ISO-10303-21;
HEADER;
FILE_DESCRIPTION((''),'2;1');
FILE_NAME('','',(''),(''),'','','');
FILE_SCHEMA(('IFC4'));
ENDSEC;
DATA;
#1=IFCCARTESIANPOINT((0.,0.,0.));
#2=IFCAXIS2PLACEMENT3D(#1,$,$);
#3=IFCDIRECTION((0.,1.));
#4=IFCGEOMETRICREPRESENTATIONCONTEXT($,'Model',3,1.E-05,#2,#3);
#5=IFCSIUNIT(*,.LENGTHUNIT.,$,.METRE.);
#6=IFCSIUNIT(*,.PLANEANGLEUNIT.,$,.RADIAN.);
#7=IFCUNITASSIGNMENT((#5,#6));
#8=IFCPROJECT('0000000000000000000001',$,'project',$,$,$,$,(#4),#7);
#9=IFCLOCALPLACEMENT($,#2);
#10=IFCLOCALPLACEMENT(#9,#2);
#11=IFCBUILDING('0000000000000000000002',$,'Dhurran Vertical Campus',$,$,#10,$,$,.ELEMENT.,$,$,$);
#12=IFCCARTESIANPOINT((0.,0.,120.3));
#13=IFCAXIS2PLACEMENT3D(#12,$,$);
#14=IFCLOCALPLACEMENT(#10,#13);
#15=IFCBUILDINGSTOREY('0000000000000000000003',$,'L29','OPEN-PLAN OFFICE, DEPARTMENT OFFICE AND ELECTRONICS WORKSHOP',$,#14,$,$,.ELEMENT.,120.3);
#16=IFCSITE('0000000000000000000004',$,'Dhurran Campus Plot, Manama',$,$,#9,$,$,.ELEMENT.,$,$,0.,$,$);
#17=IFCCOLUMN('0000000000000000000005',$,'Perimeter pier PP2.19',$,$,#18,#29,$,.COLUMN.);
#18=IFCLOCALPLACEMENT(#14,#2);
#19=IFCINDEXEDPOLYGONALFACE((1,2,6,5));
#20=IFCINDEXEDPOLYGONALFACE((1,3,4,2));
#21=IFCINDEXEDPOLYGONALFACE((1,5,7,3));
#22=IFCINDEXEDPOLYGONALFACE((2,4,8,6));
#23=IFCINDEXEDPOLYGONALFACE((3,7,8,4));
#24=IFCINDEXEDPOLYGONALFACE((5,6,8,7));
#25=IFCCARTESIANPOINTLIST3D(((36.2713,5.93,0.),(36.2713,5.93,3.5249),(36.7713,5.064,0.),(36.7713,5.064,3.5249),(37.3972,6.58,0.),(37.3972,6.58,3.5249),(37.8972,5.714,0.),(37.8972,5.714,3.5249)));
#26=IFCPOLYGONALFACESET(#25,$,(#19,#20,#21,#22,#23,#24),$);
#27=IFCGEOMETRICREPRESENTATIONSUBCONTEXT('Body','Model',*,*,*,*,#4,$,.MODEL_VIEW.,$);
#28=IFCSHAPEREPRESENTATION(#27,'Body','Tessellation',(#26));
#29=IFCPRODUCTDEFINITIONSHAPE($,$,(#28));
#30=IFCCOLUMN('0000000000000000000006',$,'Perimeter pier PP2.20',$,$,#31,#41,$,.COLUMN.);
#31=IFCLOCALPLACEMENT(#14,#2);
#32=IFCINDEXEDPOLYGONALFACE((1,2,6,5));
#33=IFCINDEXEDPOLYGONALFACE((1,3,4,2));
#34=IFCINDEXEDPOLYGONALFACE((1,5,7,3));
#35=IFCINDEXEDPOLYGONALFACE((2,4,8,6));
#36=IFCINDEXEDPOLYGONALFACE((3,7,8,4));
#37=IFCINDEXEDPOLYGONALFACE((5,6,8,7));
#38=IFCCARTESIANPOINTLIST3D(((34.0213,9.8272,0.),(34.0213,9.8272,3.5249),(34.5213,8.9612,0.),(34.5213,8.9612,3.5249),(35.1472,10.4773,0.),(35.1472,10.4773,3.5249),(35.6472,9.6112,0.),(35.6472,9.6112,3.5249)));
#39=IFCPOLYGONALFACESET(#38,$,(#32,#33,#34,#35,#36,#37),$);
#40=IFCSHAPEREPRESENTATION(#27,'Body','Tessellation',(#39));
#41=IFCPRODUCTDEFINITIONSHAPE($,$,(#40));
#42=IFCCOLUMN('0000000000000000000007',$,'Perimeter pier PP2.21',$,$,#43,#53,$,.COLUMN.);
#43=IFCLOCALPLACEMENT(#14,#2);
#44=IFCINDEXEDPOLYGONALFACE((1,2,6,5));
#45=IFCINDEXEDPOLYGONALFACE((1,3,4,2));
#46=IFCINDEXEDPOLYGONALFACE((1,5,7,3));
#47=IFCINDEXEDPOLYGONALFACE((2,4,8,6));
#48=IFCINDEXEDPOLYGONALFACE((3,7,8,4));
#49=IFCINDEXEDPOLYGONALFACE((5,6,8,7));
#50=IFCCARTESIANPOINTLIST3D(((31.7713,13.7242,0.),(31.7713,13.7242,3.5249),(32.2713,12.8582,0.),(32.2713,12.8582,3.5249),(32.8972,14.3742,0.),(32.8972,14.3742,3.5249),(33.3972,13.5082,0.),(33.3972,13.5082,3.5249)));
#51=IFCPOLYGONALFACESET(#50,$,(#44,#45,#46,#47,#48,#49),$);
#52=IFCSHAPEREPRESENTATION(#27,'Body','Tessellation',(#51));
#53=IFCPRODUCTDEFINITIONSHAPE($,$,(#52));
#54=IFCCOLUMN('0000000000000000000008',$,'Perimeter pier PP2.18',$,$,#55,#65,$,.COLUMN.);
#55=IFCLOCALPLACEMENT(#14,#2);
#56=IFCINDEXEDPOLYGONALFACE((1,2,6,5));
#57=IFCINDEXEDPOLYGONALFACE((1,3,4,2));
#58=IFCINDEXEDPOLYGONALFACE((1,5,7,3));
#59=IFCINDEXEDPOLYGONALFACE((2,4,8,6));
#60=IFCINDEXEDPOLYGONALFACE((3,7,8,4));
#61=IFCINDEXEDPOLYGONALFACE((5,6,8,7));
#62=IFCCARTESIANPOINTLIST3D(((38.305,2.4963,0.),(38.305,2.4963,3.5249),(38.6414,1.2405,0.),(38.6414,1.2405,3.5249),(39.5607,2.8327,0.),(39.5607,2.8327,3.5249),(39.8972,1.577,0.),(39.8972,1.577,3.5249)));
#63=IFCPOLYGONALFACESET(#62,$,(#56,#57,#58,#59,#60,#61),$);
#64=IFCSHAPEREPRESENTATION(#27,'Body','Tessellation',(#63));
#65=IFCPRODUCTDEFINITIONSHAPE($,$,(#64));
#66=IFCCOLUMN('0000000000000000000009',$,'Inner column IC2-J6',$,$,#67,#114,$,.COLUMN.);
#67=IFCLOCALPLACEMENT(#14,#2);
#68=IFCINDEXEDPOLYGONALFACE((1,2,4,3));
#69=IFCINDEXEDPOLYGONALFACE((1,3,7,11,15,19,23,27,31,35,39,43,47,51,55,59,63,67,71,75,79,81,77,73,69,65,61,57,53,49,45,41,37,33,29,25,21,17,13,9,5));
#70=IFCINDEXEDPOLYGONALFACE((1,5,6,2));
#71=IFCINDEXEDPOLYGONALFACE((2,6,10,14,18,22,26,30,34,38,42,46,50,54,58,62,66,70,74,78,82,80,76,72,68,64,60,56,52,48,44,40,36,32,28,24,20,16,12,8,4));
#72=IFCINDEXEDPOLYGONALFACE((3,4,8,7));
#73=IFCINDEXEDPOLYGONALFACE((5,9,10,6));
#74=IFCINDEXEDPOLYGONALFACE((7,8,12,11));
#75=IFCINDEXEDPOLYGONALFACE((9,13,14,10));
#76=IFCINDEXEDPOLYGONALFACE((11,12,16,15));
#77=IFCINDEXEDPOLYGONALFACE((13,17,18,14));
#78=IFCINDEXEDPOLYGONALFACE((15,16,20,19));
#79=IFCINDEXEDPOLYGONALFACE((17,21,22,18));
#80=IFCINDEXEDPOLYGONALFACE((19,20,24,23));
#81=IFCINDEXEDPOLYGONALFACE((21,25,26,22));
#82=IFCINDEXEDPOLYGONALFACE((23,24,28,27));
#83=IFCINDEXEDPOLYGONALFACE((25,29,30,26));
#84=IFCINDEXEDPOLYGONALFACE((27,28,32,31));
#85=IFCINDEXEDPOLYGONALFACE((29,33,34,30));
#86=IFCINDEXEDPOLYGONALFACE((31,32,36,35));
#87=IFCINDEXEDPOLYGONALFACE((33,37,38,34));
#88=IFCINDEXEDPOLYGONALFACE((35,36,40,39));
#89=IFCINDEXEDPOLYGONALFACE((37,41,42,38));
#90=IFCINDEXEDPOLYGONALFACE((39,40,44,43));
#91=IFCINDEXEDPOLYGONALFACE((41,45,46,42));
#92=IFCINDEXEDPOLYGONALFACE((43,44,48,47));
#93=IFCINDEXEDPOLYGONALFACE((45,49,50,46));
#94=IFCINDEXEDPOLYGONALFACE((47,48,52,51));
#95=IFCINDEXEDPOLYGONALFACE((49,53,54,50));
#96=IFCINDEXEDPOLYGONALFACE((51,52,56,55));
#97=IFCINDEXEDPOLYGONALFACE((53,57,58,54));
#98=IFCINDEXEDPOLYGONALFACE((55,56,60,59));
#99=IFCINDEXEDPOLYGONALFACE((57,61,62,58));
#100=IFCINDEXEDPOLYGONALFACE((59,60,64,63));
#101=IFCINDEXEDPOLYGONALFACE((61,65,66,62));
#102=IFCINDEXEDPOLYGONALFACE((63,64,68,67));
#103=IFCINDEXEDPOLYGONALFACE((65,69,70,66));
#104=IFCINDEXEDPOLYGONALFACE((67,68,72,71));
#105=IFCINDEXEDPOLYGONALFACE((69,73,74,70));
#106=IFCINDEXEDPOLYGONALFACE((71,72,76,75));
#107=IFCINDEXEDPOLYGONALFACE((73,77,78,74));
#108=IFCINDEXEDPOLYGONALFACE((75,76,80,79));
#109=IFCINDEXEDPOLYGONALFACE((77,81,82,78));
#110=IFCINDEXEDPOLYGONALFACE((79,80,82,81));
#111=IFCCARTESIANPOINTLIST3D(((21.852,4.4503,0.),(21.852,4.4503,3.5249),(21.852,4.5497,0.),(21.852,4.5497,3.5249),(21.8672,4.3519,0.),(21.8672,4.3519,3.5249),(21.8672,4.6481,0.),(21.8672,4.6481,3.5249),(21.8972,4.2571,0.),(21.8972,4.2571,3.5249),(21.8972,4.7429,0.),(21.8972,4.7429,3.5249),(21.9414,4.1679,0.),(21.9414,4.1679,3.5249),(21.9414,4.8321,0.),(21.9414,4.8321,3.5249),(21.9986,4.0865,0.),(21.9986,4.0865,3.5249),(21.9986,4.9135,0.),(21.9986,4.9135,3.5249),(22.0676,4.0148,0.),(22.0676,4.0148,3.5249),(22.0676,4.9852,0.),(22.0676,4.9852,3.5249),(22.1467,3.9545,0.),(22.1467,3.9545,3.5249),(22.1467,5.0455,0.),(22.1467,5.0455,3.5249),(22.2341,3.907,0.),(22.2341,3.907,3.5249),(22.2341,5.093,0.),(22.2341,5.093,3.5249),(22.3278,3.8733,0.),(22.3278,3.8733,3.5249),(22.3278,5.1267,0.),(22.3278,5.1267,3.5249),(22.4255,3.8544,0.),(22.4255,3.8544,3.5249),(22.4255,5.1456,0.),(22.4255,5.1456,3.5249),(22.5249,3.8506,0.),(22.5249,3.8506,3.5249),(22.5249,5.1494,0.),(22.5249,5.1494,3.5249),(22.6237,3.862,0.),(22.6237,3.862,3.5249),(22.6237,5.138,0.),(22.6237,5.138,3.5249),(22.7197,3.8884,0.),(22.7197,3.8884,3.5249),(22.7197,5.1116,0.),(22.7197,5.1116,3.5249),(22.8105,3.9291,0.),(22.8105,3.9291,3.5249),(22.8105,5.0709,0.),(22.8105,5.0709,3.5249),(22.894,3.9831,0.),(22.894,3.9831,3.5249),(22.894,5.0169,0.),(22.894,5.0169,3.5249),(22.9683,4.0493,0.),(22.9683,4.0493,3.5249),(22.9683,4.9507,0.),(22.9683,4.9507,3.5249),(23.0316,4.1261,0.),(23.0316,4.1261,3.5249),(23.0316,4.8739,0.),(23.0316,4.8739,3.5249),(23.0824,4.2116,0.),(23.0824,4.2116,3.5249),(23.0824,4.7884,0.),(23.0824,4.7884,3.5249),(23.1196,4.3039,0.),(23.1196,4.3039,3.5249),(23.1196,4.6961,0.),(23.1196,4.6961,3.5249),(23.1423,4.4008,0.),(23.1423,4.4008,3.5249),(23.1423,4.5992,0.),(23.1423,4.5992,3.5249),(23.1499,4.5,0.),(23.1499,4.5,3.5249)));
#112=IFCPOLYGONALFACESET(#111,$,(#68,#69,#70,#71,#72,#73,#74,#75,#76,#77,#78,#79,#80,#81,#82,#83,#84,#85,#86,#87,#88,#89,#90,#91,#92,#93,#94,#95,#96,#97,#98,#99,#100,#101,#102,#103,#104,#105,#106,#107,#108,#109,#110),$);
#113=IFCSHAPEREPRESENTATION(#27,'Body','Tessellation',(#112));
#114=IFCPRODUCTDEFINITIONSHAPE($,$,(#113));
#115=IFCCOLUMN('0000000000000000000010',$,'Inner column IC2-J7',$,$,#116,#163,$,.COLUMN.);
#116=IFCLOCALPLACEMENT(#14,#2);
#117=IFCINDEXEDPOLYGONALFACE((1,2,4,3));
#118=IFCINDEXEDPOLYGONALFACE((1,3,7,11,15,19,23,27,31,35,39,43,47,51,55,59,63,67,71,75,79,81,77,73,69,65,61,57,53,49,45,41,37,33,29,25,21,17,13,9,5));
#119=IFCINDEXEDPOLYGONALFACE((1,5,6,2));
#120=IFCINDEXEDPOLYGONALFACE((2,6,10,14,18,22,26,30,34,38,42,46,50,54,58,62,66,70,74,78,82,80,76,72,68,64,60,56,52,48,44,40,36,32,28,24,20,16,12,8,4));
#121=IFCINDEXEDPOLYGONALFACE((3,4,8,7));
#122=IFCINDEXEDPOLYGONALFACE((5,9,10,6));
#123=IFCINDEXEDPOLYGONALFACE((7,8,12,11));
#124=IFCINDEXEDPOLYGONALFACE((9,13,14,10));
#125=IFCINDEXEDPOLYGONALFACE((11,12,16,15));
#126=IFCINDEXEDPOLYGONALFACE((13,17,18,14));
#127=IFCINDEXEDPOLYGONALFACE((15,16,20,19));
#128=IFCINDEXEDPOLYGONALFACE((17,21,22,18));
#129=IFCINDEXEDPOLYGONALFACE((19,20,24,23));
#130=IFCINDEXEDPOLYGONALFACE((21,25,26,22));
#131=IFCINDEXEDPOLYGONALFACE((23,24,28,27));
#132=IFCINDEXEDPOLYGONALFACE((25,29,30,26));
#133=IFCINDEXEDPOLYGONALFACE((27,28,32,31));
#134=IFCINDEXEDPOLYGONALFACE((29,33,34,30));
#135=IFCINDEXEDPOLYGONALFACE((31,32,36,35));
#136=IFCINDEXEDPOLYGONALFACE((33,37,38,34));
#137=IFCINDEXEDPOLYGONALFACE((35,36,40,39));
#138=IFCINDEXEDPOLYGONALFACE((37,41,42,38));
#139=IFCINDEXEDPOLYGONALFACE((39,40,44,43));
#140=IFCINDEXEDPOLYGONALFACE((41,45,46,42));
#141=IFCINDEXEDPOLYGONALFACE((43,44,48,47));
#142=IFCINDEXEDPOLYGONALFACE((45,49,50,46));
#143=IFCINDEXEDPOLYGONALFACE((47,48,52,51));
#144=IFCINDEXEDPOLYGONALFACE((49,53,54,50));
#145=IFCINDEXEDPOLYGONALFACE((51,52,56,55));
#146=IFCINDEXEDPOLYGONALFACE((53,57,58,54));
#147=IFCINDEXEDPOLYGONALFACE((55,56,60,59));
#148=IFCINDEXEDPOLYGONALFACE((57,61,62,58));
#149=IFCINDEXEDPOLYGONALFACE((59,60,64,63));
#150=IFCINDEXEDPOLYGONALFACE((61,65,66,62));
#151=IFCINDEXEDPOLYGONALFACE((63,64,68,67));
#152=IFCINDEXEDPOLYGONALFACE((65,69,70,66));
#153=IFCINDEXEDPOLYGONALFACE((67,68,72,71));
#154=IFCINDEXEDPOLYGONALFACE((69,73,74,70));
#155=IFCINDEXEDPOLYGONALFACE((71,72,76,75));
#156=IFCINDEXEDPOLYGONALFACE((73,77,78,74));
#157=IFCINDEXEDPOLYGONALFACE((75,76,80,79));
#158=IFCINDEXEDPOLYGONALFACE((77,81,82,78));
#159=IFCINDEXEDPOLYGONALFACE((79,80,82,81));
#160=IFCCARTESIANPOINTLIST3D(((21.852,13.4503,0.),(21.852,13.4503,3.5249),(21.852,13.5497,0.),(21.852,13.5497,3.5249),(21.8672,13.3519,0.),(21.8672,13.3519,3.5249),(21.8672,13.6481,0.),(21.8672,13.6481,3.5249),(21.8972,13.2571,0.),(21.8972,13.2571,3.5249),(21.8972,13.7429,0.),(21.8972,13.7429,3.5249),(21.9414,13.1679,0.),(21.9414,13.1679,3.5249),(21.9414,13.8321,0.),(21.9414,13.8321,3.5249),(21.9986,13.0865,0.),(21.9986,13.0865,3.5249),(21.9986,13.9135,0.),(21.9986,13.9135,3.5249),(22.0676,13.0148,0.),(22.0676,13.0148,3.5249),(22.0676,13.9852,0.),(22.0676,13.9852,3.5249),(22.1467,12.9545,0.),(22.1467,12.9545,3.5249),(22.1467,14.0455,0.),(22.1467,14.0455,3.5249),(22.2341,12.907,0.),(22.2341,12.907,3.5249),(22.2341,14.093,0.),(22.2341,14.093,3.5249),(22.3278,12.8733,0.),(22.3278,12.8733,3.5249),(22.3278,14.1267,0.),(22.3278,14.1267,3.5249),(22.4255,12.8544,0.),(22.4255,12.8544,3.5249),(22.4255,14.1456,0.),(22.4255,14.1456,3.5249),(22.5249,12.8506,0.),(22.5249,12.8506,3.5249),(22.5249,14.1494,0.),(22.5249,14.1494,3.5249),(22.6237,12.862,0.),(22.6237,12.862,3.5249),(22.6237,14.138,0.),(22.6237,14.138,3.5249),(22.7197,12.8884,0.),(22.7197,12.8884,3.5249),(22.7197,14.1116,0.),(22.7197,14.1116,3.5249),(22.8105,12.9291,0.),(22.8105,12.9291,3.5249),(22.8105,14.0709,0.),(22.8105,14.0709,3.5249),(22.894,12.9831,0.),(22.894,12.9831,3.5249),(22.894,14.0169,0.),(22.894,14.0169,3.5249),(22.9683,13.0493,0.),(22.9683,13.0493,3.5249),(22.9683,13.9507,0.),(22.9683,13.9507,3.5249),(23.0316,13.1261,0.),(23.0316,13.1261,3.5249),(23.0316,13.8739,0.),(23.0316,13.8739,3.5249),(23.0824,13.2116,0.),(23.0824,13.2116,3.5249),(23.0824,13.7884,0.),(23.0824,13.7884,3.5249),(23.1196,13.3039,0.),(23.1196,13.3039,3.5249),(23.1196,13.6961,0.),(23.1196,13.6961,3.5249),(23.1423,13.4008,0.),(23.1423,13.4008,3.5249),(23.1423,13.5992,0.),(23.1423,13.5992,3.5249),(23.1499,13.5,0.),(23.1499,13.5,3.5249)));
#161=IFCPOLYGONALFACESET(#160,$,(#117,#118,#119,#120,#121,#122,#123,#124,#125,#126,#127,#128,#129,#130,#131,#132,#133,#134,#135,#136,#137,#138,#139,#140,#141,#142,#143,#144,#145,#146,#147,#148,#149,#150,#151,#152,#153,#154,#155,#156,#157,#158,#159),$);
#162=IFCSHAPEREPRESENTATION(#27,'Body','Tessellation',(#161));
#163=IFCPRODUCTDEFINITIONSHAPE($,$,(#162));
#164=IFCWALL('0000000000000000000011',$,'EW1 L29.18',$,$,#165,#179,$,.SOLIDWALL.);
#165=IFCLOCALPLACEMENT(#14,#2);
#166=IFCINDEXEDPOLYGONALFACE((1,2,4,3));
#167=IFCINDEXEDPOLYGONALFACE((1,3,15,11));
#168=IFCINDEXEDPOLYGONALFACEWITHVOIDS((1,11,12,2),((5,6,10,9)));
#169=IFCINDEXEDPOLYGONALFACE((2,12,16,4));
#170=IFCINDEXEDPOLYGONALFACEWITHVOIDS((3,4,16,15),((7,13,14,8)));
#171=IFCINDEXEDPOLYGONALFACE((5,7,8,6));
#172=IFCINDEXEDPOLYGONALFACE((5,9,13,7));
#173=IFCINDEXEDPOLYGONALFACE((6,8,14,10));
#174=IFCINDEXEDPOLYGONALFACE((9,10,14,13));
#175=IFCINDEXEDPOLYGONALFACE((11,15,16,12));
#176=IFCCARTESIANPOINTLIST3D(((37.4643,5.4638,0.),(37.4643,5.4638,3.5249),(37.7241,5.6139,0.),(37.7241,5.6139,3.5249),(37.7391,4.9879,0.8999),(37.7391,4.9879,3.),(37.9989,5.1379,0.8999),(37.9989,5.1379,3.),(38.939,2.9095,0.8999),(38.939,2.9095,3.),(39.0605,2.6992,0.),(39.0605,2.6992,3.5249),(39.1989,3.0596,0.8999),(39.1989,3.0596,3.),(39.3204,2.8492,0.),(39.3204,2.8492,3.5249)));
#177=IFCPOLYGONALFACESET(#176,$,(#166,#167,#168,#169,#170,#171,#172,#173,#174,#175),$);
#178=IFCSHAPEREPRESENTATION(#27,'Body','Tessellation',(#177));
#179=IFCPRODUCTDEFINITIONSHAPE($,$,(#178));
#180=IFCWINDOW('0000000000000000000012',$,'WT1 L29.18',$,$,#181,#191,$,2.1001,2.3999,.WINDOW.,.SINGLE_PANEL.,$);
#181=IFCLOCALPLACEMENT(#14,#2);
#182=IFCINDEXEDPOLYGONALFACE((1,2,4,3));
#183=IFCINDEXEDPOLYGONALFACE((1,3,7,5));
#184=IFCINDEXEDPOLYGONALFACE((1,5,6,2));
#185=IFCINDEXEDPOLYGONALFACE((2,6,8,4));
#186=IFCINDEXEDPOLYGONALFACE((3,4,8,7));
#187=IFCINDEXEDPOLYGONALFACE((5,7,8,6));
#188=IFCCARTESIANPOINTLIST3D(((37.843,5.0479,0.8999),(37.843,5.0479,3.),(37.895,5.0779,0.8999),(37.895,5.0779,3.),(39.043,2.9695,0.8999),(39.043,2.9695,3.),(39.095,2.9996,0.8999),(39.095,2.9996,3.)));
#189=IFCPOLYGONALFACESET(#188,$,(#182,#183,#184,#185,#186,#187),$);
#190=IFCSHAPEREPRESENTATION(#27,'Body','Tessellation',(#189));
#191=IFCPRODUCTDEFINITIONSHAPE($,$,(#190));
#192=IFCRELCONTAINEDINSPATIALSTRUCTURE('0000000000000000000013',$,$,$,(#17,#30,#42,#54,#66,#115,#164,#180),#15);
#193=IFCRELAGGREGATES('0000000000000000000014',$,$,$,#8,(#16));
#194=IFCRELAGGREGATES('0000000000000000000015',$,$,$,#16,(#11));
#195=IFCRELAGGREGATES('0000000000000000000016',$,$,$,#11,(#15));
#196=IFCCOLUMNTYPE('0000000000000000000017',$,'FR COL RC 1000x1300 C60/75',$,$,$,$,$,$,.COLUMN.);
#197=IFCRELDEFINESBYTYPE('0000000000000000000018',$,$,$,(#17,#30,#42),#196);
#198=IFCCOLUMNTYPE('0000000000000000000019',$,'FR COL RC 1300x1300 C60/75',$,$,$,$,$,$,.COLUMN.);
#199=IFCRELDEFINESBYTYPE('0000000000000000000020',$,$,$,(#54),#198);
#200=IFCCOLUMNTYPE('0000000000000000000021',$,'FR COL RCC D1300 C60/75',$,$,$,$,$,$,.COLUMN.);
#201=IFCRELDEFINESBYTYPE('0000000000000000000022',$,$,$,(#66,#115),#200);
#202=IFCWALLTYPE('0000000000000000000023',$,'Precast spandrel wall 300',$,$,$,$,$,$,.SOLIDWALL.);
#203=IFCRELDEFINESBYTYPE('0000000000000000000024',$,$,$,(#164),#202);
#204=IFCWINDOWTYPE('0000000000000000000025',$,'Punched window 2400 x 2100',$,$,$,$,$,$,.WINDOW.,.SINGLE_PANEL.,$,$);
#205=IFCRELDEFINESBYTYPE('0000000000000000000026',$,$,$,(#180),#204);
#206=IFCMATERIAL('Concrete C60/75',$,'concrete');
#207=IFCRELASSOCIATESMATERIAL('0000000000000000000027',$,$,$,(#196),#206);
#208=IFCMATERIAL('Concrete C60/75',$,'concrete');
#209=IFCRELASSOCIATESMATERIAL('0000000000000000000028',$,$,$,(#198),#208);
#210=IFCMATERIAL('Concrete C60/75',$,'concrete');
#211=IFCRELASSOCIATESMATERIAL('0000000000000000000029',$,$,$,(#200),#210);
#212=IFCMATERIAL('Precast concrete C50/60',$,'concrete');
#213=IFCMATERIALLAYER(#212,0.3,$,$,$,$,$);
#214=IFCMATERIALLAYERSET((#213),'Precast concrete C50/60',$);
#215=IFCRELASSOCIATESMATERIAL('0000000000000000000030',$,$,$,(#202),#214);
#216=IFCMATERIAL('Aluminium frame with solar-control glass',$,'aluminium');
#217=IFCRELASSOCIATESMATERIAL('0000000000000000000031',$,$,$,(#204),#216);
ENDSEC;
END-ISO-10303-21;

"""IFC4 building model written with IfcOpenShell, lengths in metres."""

from ifc_helpers import new_model, si_unit, direction, frame, frame_2d, origin, origin_2d, place, context, subcontext, project, spatial, rectangle, circle, extrude, material, layer, layer_set, material_profile, profile_set, type_object, element, fill, save


model = new_model("IFC4")

# Units and contexts
model_context = context("Model", 3, precision=1e-05, world=origin(), true_north=direction((0.0, 1.0)))
body_context = subcontext(model_context, "Body", "Model", "MODEL_VIEW")
ifc_project = project(units=[si_unit("LENGTHUNIT", "METRE"), si_unit("PLANEANGLEUNIT", "RADIAN")], contexts=[model_context])

# Site, building, storey
site_placement = place(None, origin())
site = spatial("IfcSite", under=ifc_project, at=site_placement, Name="Dhurran Campus Plot, Manama", CompositionType="ELEMENT", RefElevation=0.0)
building_placement = place(site_placement, origin())
building = spatial("IfcBuilding", under=site, at=building_placement, Name="Dhurran Vertical Campus", CompositionType="ELEMENT")
storey_placement = place(building_placement, frame((0.0, 0.0, 120.3)))
storey = spatial("IfcBuildingStorey", under=building, at=storey_placement, Name="L29", Description="OPEN-PLAN OFFICE, DEPARTMENT OFFICE AND ELECTRONICS WORKSHOP", CompositionType="ELEMENT", Elevation=120.3)

# Columns
ifc_material_1 = material(Name="Concrete C60/75", Category="concrete")
ifc_material_profile_1 = material_profile(ifc_material_1, rectangle(XDim=1.0, YDim=1.3, at=origin_2d()), Name="RC 1000x1300")
ifc_profile_set_1 = profile_set([ifc_material_profile_1], Name="Concrete C60/75")
column_type_1 = type_object("IfcColumnType", Name="FR COL RC 1000x1300 C60/75", PredefinedType="COLUMN", material=ifc_profile_set_1)
for number, where, z_axis, x_axis, name in (
    (1, (37.0842, 5.822, 0.0), (0.0, 0.0, 1.0), (-0.5, 0.866025, 0.0), "Perimeter pier PP2.19"),
    (2, (34.8342, 9.7192, 0.0), (0.0, 0.0, 1.0), (-0.5, 0.866025, 0.0), "Perimeter pier PP2.20"),
    (3, (32.5842, 13.6162, 0.0), (0.0, 0.0, 1.0), (-0.5, 0.866025, 0.0), "Perimeter pier PP2.21"),
):
    element("IfcColumn", number, at=place(storey_placement, frame(where, z_axis=z_axis, x_axis=x_axis)), inside=storey, type_object=column_type_1, Name=name, PredefinedType="COLUMN", context=body_context, shape_type="SweptSolid", body=[
        extrude(rectangle(XDim=1.0, YDim=1.3, at=origin_2d()), origin(), (0.0, 0.0, 1.0), 3.5249),
    ])
ifc_material_2 = material(Name="Concrete C60/75", Category="concrete")
ifc_material_profile_2 = material_profile(ifc_material_2, rectangle(XDim=1.3, YDim=1.3, at=origin_2d()), Name="RC 1300x1300")
ifc_profile_set_2 = profile_set([ifc_material_profile_2], Name="Concrete C60/75")
column_type_2 = type_object("IfcColumnType", Name="FR COL RC 1300x1300 C60/75", PredefinedType="COLUMN", material=ifc_profile_set_2)
column_placement = place(storey_placement, frame((39.1011, 2.0366, 0.0), z_axis=(0.0, 0.0, 1.0), x_axis=(-0.258819, 0.965926, 0.0)))
element("IfcColumn", 4, at=column_placement, inside=storey, type_object=column_type_2, Name="Perimeter pier PP2.18", PredefinedType="COLUMN", context=body_context, shape_type="SweptSolid", body=[
    extrude(rectangle(XDim=1.3, YDim=1.3, at=origin_2d()), origin(), (0.0, 0.0, 1.0), 3.5249),
])
ifc_material_3 = material(Name="Concrete C60/75", Category="concrete")
ifc_material_profile_3 = material_profile(ifc_material_3, circle(Radius=0.6499, at=origin_2d()), Name="RCC D1300")
ifc_profile_set_3 = profile_set([ifc_material_profile_3], Name="Concrete C60/75")
column_type_3 = type_object("IfcColumnType", Name="FR COL RCC D1300 C60/75", PredefinedType="COLUMN", material=ifc_profile_set_3)
for number, where, z_axis, x_axis, name in (
    (5, (22.5, 4.5, 0.0), (0.0, 0.0, 1.0), (1.0, 0.0, 0.0), "Inner column IC2-J6"),
    (6, (22.5, 13.5, 0.0), (0.0, 0.0, 1.0), (1.0, 0.0, 0.0), "Inner column IC2-J7"),
):
    element("IfcColumn", number, at=place(storey_placement, frame(where, z_axis=z_axis, x_axis=x_axis)), inside=storey, type_object=column_type_3, Name=name, PredefinedType="COLUMN", context=body_context, shape_type="SweptSolid", body=[
        extrude(circle(Radius=0.6499, at=origin_2d()), origin(), (0.0, 0.0, 1.0), 3.5249),
    ])

# Wall, opening, window
ifc_material_4 = material(Name="Precast concrete C50/60", Category="concrete")
ifc_layer_1 = layer(ifc_material_4, 0.3)
ifc_layer_set_1 = layer_set([ifc_layer_1], Name="Precast concrete C50/60")
wall_type_1 = type_object("IfcWallType", Name="Precast spandrel wall 300", PredefinedType="SOLIDWALL", material=ifc_layer_set_1)
wall_1_placement = place(storey_placement, frame((39.1904, 2.7742, 0.0), z_axis=(0.0, 0.0, 1.0), x_axis=(-0.500005, 0.866023, 0.0)))
wall_1 = element("IfcWall", 7, at=wall_1_placement, inside=storey, type_object=wall_type_1, Name="EW1 L29.18", PredefinedType="SOLIDWALL", context=body_context, shape_type="SweptSolid", body=[
    extrude(rectangle(XDim=3.1924, YDim=0.3, at=frame_2d((1.5962, 0.0))), origin(), (0.0, 0.0, 1.0), 3.5249),
])
opening_1_placement = place(wall_1_placement, frame((0.2429, 0.0, 0.8999)))
opening_1 = element("IfcOpeningElement", 8, at=opening_1_placement, cuts=wall_1, PredefinedType="OPENING", context=body_context, shape_type="SweptSolid", body=[
    extrude(rectangle(XDim=2.3999, YDim=2.1001, at=frame_2d((1.2, 1.05))), frame((0.0, 0.1599, 0.0), z_axis=(0.0, -1.0, 0.0), x_axis=(1.0, 0.0, 0.0)), (0.0, 0.0, 1.0), 0.3201),
])
ifc_material_5 = material(Name="Aluminium frame with solar-control glass", Category="aluminium")
window_type = type_object("IfcWindowType", Name="Punched window 2400 x 2100", PartitioningType="SINGLE_PANEL", PredefinedType="WINDOW", material=ifc_material_5)
window_1_placement = place(opening_1_placement, origin())
window_1 = element("IfcWindow", 9, at=window_1_placement, inside=storey, type_object=window_type, Name="WT1 L29.18", OverallHeight=2.1001, OverallWidth=2.3999, PartitioningType="SINGLE_PANEL", PredefinedType="WINDOW", context=body_context, shape_type="SweptSolid", body=[
    extrude(rectangle(XDim=2.3999, YDim=2.1001, at=frame_2d((1.2, 1.05))), frame((0.0, 0.03, 0.0), z_axis=(0.0, -1.0, 0.0), x_axis=(1.0, 0.0, 0.0)), (0.0, 0.0, 1.0), 0.0601),
])
fill(opening_1, window_1)

save(model, "model.ifc")
